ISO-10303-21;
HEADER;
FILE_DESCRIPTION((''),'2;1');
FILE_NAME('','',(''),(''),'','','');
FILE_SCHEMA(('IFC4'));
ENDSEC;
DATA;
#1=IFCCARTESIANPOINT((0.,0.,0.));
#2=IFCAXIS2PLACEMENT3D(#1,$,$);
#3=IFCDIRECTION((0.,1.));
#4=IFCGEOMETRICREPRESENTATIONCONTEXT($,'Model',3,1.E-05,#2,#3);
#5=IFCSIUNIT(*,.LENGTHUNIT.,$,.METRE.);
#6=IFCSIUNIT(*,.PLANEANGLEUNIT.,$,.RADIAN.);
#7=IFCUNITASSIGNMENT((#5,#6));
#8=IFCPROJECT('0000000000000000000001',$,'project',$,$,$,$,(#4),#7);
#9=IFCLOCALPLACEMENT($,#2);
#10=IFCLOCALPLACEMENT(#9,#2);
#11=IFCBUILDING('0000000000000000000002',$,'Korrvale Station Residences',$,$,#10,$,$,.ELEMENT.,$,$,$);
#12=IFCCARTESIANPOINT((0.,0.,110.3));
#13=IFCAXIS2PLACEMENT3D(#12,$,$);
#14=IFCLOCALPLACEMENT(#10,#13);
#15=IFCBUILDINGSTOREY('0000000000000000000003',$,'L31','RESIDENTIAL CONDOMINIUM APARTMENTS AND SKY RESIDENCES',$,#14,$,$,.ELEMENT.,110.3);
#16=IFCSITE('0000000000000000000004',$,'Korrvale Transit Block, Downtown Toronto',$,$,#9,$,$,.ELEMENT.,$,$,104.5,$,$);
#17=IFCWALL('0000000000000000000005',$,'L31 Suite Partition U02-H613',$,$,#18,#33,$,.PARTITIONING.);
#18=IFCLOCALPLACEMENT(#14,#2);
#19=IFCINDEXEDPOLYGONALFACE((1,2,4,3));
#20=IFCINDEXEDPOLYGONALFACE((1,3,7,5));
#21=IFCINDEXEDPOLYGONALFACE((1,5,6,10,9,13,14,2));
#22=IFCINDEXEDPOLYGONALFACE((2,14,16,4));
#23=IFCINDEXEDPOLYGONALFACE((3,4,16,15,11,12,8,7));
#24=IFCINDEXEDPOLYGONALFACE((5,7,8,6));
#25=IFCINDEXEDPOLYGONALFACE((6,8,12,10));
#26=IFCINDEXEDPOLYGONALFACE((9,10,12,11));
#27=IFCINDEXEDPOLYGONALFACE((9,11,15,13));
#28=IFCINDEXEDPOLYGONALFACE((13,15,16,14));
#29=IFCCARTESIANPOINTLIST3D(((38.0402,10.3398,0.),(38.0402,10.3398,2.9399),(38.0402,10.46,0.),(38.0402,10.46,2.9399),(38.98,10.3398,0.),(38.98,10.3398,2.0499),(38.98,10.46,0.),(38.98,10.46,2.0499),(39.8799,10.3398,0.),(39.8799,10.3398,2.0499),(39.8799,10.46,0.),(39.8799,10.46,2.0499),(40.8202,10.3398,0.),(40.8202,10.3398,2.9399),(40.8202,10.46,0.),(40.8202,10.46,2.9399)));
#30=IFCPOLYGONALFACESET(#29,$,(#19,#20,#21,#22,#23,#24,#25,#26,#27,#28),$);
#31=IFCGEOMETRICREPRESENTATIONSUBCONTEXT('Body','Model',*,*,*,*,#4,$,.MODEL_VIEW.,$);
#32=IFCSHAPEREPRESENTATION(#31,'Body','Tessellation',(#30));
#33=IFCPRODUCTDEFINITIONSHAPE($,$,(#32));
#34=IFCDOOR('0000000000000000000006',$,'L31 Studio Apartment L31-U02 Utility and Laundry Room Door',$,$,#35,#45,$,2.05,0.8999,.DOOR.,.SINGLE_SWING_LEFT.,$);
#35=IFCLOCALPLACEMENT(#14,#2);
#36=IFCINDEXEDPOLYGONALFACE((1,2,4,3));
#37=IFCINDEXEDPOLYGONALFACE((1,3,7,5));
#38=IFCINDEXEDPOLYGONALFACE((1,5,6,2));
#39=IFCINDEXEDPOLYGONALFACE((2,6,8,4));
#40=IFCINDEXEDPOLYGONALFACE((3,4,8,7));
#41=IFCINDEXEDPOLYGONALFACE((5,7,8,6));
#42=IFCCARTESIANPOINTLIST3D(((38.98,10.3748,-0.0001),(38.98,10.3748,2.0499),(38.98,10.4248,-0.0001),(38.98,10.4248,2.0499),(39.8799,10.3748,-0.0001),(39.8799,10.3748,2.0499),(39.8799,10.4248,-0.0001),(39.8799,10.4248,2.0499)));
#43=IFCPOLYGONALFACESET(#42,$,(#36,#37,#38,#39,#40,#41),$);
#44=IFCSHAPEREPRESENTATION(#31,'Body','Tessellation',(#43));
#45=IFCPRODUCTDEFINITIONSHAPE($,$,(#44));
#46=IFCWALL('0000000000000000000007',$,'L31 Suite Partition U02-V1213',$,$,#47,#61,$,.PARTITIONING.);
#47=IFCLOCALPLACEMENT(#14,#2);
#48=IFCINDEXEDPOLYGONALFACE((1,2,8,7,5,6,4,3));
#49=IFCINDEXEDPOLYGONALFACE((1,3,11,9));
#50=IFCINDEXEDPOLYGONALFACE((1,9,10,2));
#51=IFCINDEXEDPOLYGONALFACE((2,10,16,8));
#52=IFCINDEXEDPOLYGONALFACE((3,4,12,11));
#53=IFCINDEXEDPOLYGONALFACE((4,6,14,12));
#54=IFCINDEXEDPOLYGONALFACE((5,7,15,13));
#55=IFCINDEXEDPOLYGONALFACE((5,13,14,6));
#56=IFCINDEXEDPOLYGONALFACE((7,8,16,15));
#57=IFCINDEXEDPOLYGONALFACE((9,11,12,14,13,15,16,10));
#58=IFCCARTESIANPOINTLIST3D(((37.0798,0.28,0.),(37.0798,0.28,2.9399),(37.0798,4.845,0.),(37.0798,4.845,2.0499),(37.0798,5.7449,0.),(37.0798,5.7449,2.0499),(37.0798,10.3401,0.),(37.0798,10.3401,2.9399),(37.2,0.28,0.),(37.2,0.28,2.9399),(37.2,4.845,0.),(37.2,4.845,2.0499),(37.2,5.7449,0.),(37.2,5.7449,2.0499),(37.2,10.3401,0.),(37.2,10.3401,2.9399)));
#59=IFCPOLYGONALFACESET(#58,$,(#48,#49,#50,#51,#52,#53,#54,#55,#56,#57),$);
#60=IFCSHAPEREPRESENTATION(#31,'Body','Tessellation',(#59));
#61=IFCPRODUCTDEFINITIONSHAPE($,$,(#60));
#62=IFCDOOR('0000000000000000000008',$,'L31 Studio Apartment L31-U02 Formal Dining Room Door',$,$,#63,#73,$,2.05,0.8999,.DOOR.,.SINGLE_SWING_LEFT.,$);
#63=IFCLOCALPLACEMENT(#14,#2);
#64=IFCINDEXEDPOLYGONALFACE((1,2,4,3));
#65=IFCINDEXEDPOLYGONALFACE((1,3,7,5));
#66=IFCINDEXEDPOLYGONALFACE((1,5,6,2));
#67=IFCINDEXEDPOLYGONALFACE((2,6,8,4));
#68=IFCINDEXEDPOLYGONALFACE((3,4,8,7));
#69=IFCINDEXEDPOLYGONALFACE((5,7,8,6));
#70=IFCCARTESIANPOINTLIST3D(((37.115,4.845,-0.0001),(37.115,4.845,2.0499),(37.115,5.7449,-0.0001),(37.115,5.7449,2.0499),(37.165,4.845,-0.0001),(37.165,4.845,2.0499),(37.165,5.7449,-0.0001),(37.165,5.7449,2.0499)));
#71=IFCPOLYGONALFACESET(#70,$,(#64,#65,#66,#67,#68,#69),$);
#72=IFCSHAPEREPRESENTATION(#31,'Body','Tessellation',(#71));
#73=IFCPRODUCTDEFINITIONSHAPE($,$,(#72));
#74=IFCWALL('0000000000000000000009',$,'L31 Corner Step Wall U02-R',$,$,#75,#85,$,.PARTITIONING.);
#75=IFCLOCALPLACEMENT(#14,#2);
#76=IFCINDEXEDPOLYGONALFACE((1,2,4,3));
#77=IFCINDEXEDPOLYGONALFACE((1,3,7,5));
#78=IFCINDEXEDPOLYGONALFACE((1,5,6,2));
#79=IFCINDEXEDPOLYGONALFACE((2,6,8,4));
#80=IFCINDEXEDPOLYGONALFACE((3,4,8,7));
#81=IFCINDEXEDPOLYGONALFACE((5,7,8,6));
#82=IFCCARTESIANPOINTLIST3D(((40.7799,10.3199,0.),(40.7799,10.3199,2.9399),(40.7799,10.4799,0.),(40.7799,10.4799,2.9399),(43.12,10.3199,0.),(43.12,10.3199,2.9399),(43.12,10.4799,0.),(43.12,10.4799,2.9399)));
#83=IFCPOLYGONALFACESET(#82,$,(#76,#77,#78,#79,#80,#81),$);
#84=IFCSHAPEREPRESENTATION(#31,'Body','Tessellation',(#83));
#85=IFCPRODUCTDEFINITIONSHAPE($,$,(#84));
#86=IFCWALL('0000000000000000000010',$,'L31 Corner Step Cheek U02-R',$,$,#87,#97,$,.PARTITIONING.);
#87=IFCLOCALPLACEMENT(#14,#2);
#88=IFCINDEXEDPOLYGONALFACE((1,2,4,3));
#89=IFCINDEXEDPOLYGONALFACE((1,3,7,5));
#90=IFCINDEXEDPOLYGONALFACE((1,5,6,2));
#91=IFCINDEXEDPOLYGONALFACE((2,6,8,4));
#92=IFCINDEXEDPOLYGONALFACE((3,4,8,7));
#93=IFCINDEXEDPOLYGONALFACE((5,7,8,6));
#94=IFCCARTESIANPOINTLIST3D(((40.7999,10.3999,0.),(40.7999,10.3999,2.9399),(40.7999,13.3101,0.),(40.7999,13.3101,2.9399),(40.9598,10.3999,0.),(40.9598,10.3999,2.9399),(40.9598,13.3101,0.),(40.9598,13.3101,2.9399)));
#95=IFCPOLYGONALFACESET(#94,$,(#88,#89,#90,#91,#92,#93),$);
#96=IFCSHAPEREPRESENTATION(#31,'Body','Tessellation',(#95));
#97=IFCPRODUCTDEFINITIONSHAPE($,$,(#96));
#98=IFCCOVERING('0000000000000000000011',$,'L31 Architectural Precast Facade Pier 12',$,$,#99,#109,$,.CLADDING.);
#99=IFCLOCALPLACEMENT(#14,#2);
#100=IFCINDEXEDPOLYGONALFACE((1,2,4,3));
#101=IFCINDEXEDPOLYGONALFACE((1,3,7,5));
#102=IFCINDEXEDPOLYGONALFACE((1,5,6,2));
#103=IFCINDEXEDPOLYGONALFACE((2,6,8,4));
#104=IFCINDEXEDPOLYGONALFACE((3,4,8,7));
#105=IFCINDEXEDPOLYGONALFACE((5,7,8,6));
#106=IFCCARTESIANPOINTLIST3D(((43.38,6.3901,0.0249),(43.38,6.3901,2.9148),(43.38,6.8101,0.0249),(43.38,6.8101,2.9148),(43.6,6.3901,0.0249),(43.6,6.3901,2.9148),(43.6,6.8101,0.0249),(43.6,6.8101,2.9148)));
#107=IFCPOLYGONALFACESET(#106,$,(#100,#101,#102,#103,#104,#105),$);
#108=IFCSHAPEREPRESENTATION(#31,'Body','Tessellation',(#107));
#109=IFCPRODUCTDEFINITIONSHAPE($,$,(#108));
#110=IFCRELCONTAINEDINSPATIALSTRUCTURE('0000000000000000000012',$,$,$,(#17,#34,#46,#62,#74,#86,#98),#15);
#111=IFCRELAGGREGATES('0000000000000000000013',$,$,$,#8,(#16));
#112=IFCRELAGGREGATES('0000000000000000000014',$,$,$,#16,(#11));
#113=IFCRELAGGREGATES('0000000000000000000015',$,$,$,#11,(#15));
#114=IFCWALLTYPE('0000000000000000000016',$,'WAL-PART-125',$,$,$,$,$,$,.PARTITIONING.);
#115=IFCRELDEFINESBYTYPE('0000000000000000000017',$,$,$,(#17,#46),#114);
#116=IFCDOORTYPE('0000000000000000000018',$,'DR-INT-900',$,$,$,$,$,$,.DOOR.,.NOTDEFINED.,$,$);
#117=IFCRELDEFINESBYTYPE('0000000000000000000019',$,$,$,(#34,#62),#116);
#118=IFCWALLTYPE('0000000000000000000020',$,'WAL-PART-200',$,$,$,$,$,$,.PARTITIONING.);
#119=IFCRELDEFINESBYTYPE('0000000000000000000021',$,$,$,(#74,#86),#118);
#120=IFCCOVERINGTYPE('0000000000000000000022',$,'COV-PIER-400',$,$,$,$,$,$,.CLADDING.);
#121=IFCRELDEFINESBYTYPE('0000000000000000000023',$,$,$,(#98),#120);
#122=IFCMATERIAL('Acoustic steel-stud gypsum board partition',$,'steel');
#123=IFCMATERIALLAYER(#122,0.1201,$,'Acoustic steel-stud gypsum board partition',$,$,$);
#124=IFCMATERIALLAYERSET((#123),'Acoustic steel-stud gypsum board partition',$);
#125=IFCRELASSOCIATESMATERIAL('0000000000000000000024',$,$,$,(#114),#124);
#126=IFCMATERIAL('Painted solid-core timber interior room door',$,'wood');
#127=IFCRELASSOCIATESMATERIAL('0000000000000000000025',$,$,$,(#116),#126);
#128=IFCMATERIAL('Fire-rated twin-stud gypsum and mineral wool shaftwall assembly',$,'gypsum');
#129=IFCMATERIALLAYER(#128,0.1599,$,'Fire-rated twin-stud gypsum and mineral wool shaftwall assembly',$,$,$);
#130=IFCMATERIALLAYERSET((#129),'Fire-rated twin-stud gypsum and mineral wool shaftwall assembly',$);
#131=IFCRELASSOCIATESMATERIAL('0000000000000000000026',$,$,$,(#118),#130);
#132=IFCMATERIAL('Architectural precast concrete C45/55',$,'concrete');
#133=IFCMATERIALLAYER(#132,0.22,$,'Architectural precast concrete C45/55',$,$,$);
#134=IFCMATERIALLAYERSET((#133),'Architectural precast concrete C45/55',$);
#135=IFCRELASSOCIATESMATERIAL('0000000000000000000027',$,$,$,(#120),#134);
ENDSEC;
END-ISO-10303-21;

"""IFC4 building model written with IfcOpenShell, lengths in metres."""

from ifc_helpers import new_model, si_unit, direction, frame, frame_2d, origin, origin_2d, place, context, subcontext, project, spatial, rectangle, extrude, material, layer, layer_set, type_object, element, fill, save


model = new_model("IFC4")

# Units and contexts
model_context = context("Model", 3, precision=1e-05, world=origin(), true_north=direction((0.0, 1.0)))
body_context = subcontext(model_context, "Body", "Model", "MODEL_VIEW")
ifc_project = project(units=[si_unit("LENGTHUNIT", "METRE"), si_unit("PLANEANGLEUNIT", "RADIAN")], contexts=[model_context])

# Site, building, storey
site_placement = place(None, origin())
site = spatial("IfcSite", under=ifc_project, at=site_placement, Name="Korrvale Transit Block, Downtown Toronto", CompositionType="ELEMENT", RefElevation=104.5)
building_placement = place(site_placement, origin())
building = spatial("IfcBuilding", under=site, at=building_placement, Name="Korrvale Station Residences", CompositionType="ELEMENT")
storey_placement = place(building_placement, frame((0.0, 0.0, 110.3)))
storey = spatial("IfcBuildingStorey", under=building, at=storey_placement, Name="L31", Description="RESIDENTIAL CONDOMINIUM APARTMENTS AND SKY RESIDENCES", CompositionType="ELEMENT", Elevation=110.3)

# Shared definitions
ifc_material_1 = material(Name="Acoustic steel-stud gypsum board partition", Category="steel")
ifc_layer_1 = layer(ifc_material_1, 0.1201, Name="Acoustic steel-stud gypsum board partition")
ifc_layer_set_1 = layer_set([ifc_layer_1], Name="Acoustic steel-stud gypsum board partition")
wall_type_1 = type_object("IfcWallType", Name="WAL-PART-125", PredefinedType="PARTITIONING", material=ifc_layer_set_1)

# Shared definitions
ifc_material_2 = material(Name="Painted solid-core timber interior room door", Category="wood")
door_type = type_object("IfcDoorType", Name="DR-INT-900", OperationType="NOTDEFINED", PredefinedType="DOOR", material=ifc_material_2)

# Walls, openings, doors
wall_1_placement = place(storey_placement, frame((38.04, 10.3999, 0.0), z_axis=(0.0, 0.0, 1.0), x_axis=(1.0, 0.0, 0.0)))
wall_1 = element("IfcWall", 1, at=wall_1_placement, inside=storey, type_object=wall_type_1, Name="L31 Suite Partition U02-H613", PredefinedType="PARTITIONING", context=body_context, shape_type="SweptSolid", body=[
    extrude(rectangle(XDim=2.78, YDim=0.1201, at=frame_2d((1.3901, 0.0))), origin(), (0.0, 0.0, 1.0), 2.9399),
])
opening_1_placement = place(wall_1_placement, frame((0.9399, 0.0, 0.0)))
opening_1 = element("IfcOpeningElement", 2, at=opening_1_placement, cuts=wall_1, PredefinedType="OPENING", context=body_context, shape_type="SweptSolid", body=[
    extrude(rectangle(XDim=0.8999, YDim=2.05, at=frame_2d((0.45, 1.0249))), frame((0.0, 0.0701, 0.0), z_axis=(0.0, -1.0, 0.0), x_axis=(1.0, 0.0, 0.0)), (0.0, 0.0, 1.0), 0.1401),
])
door_1_placement = place(opening_1_placement, origin())
door_1 = element("IfcDoor", 3, at=door_1_placement, inside=storey, type_object=door_type, Name="L31 Studio Apartment L31-U02 Utility and Laundry Room Door", OperationType="SINGLE_SWING_LEFT", OverallHeight=2.05, OverallWidth=0.8999, PredefinedType="DOOR", context=body_context, shape_type="SweptSolid", body=[
    extrude(rectangle(XDim=0.8999, YDim=2.05, at=frame_2d((0.45, 1.0249))), frame((0.0, 0.0249, 0.0), z_axis=(0.0, -1.0, 0.0), x_axis=(1.0, 0.0, 0.0)), (0.0, 0.0, 1.0), 0.05),
])
fill(opening_1, door_1)
wall_2_placement = place(storey_placement, frame((37.1399, 0.28, 0.0), z_axis=(0.0, 0.0, 1.0), x_axis=(0.0, 1.0, 0.0)))
wall_2 = element("IfcWall", 4, at=wall_2_placement, inside=storey, type_object=wall_type_1, Name="L31 Suite Partition U02-V1213", PredefinedType="PARTITIONING", context=body_context, shape_type="SweptSolid", body=[
    extrude(rectangle(XDim=10.0601, YDim=0.1201, at=frame_2d((5.03, 0.0))), origin(), (0.0, 0.0, 1.0), 2.9399),
])
opening_2_placement = place(wall_2_placement, frame((4.5649, 0.0, 0.0)))
opening_2 = element("IfcOpeningElement", 5, at=opening_2_placement, cuts=wall_2, PredefinedType="OPENING", context=body_context, shape_type="SweptSolid", body=[
    extrude(rectangle(XDim=0.8999, YDim=2.05, at=frame_2d((0.45, 1.0249))), frame((0.0, 0.0701, 0.0), z_axis=(0.0, -1.0, 0.0), x_axis=(1.0, 0.0, 0.0)), (0.0, 0.0, 1.0), 0.1401),
])
door_2_placement = place(opening_2_placement, origin())
door_2 = element("IfcDoor", 6, at=door_2_placement, inside=storey, type_object=door_type, Name="L31 Studio Apartment L31-U02 Formal Dining Room Door", OperationType="SINGLE_SWING_LEFT", OverallHeight=2.05, OverallWidth=0.8999, PredefinedType="DOOR", context=body_context, shape_type="SweptSolid", body=[
    extrude(rectangle(XDim=0.8999, YDim=2.05, at=frame_2d((0.45, 1.0249))), frame((0.0, 0.0249, 0.0), z_axis=(0.0, -1.0, 0.0), x_axis=(1.0, 0.0, 0.0)), (0.0, 0.0, 1.0), 0.05),
])
fill(opening_2, door_2)

# Walls
ifc_material_3 = material(Name="Fire-rated twin-stud gypsum and mineral wool shaftwall assembly", Category="gypsum")
ifc_layer_2 = layer(ifc_material_3, 0.1599, Name="Fire-rated twin-stud gypsum and mineral wool shaftwall assembly")
ifc_layer_set_2 = layer_set([ifc_layer_2], Name="Fire-rated twin-stud gypsum and mineral wool shaftwall assembly")
wall_type_2 = type_object("IfcWallType", Name="WAL-PART-200", PredefinedType="PARTITIONING", material=ifc_layer_set_2)
wall_3_placement = place(storey_placement, frame((40.78, 10.3999, 0.0), z_axis=(0.0, 0.0, 1.0), x_axis=(1.0, 0.0, 0.0)))
element("IfcWall", 7, at=wall_3_placement, inside=storey, type_object=wall_type_2, Name="L31 Corner Step Wall U02-R", PredefinedType="PARTITIONING", context=body_context, shape_type="SweptSolid", body=[
    extrude(rectangle(XDim=2.3401, YDim=0.1599, at=frame_2d((1.1699, 0.0))), origin(), (0.0, 0.0, 1.0), 2.9399),
])
wall_4_placement = place(storey_placement, frame((40.8799, 10.3999, 0.0), z_axis=(0.0, 0.0, 1.0), x_axis=(0.0, 1.0, 0.0)))
element("IfcWall", 8, at=wall_4_placement, inside=storey, type_object=wall_type_2, Name="L31 Corner Step Cheek U02-R", PredefinedType="PARTITIONING", context=body_context, shape_type="SweptSolid", body=[
    extrude(rectangle(XDim=2.9102, YDim=0.1599, at=frame_2d((1.4551, 0.0))), origin(), (0.0, 0.0, 1.0), 2.9399),
])

# Covering
ifc_material_4 = material(Name="Architectural precast concrete C45/55", Category="concrete")
ifc_layer_3 = layer(ifc_material_4, 0.22, Name="Architectural precast concrete C45/55")
ifc_layer_set_3 = layer_set([ifc_layer_3], Name="Architectural precast concrete C45/55")
covering_type = type_object("IfcCoveringType", Name="COV-PIER-400", PredefinedType="CLADDING", material=ifc_layer_set_3)
covering_placement = place(storey_placement, frame((43.49, 6.6001, 0.0249), z_axis=(0.0, 0.0, 1.0), x_axis=(0.0, 1.0, 0.0)))
element("IfcCovering", 9, at=covering_placement, inside=storey, type_object=covering_type, Name="L31 Architectural Precast Facade Pier 12", PredefinedType="CLADDING", context=body_context, shape_type="SweptSolid", body=[
    extrude(rectangle(XDim=0.4199, YDim=0.22, at=origin_2d()), origin(), (0.0, 0.0, 1.0), 2.8899),
])

save(model, "model.ifc")
